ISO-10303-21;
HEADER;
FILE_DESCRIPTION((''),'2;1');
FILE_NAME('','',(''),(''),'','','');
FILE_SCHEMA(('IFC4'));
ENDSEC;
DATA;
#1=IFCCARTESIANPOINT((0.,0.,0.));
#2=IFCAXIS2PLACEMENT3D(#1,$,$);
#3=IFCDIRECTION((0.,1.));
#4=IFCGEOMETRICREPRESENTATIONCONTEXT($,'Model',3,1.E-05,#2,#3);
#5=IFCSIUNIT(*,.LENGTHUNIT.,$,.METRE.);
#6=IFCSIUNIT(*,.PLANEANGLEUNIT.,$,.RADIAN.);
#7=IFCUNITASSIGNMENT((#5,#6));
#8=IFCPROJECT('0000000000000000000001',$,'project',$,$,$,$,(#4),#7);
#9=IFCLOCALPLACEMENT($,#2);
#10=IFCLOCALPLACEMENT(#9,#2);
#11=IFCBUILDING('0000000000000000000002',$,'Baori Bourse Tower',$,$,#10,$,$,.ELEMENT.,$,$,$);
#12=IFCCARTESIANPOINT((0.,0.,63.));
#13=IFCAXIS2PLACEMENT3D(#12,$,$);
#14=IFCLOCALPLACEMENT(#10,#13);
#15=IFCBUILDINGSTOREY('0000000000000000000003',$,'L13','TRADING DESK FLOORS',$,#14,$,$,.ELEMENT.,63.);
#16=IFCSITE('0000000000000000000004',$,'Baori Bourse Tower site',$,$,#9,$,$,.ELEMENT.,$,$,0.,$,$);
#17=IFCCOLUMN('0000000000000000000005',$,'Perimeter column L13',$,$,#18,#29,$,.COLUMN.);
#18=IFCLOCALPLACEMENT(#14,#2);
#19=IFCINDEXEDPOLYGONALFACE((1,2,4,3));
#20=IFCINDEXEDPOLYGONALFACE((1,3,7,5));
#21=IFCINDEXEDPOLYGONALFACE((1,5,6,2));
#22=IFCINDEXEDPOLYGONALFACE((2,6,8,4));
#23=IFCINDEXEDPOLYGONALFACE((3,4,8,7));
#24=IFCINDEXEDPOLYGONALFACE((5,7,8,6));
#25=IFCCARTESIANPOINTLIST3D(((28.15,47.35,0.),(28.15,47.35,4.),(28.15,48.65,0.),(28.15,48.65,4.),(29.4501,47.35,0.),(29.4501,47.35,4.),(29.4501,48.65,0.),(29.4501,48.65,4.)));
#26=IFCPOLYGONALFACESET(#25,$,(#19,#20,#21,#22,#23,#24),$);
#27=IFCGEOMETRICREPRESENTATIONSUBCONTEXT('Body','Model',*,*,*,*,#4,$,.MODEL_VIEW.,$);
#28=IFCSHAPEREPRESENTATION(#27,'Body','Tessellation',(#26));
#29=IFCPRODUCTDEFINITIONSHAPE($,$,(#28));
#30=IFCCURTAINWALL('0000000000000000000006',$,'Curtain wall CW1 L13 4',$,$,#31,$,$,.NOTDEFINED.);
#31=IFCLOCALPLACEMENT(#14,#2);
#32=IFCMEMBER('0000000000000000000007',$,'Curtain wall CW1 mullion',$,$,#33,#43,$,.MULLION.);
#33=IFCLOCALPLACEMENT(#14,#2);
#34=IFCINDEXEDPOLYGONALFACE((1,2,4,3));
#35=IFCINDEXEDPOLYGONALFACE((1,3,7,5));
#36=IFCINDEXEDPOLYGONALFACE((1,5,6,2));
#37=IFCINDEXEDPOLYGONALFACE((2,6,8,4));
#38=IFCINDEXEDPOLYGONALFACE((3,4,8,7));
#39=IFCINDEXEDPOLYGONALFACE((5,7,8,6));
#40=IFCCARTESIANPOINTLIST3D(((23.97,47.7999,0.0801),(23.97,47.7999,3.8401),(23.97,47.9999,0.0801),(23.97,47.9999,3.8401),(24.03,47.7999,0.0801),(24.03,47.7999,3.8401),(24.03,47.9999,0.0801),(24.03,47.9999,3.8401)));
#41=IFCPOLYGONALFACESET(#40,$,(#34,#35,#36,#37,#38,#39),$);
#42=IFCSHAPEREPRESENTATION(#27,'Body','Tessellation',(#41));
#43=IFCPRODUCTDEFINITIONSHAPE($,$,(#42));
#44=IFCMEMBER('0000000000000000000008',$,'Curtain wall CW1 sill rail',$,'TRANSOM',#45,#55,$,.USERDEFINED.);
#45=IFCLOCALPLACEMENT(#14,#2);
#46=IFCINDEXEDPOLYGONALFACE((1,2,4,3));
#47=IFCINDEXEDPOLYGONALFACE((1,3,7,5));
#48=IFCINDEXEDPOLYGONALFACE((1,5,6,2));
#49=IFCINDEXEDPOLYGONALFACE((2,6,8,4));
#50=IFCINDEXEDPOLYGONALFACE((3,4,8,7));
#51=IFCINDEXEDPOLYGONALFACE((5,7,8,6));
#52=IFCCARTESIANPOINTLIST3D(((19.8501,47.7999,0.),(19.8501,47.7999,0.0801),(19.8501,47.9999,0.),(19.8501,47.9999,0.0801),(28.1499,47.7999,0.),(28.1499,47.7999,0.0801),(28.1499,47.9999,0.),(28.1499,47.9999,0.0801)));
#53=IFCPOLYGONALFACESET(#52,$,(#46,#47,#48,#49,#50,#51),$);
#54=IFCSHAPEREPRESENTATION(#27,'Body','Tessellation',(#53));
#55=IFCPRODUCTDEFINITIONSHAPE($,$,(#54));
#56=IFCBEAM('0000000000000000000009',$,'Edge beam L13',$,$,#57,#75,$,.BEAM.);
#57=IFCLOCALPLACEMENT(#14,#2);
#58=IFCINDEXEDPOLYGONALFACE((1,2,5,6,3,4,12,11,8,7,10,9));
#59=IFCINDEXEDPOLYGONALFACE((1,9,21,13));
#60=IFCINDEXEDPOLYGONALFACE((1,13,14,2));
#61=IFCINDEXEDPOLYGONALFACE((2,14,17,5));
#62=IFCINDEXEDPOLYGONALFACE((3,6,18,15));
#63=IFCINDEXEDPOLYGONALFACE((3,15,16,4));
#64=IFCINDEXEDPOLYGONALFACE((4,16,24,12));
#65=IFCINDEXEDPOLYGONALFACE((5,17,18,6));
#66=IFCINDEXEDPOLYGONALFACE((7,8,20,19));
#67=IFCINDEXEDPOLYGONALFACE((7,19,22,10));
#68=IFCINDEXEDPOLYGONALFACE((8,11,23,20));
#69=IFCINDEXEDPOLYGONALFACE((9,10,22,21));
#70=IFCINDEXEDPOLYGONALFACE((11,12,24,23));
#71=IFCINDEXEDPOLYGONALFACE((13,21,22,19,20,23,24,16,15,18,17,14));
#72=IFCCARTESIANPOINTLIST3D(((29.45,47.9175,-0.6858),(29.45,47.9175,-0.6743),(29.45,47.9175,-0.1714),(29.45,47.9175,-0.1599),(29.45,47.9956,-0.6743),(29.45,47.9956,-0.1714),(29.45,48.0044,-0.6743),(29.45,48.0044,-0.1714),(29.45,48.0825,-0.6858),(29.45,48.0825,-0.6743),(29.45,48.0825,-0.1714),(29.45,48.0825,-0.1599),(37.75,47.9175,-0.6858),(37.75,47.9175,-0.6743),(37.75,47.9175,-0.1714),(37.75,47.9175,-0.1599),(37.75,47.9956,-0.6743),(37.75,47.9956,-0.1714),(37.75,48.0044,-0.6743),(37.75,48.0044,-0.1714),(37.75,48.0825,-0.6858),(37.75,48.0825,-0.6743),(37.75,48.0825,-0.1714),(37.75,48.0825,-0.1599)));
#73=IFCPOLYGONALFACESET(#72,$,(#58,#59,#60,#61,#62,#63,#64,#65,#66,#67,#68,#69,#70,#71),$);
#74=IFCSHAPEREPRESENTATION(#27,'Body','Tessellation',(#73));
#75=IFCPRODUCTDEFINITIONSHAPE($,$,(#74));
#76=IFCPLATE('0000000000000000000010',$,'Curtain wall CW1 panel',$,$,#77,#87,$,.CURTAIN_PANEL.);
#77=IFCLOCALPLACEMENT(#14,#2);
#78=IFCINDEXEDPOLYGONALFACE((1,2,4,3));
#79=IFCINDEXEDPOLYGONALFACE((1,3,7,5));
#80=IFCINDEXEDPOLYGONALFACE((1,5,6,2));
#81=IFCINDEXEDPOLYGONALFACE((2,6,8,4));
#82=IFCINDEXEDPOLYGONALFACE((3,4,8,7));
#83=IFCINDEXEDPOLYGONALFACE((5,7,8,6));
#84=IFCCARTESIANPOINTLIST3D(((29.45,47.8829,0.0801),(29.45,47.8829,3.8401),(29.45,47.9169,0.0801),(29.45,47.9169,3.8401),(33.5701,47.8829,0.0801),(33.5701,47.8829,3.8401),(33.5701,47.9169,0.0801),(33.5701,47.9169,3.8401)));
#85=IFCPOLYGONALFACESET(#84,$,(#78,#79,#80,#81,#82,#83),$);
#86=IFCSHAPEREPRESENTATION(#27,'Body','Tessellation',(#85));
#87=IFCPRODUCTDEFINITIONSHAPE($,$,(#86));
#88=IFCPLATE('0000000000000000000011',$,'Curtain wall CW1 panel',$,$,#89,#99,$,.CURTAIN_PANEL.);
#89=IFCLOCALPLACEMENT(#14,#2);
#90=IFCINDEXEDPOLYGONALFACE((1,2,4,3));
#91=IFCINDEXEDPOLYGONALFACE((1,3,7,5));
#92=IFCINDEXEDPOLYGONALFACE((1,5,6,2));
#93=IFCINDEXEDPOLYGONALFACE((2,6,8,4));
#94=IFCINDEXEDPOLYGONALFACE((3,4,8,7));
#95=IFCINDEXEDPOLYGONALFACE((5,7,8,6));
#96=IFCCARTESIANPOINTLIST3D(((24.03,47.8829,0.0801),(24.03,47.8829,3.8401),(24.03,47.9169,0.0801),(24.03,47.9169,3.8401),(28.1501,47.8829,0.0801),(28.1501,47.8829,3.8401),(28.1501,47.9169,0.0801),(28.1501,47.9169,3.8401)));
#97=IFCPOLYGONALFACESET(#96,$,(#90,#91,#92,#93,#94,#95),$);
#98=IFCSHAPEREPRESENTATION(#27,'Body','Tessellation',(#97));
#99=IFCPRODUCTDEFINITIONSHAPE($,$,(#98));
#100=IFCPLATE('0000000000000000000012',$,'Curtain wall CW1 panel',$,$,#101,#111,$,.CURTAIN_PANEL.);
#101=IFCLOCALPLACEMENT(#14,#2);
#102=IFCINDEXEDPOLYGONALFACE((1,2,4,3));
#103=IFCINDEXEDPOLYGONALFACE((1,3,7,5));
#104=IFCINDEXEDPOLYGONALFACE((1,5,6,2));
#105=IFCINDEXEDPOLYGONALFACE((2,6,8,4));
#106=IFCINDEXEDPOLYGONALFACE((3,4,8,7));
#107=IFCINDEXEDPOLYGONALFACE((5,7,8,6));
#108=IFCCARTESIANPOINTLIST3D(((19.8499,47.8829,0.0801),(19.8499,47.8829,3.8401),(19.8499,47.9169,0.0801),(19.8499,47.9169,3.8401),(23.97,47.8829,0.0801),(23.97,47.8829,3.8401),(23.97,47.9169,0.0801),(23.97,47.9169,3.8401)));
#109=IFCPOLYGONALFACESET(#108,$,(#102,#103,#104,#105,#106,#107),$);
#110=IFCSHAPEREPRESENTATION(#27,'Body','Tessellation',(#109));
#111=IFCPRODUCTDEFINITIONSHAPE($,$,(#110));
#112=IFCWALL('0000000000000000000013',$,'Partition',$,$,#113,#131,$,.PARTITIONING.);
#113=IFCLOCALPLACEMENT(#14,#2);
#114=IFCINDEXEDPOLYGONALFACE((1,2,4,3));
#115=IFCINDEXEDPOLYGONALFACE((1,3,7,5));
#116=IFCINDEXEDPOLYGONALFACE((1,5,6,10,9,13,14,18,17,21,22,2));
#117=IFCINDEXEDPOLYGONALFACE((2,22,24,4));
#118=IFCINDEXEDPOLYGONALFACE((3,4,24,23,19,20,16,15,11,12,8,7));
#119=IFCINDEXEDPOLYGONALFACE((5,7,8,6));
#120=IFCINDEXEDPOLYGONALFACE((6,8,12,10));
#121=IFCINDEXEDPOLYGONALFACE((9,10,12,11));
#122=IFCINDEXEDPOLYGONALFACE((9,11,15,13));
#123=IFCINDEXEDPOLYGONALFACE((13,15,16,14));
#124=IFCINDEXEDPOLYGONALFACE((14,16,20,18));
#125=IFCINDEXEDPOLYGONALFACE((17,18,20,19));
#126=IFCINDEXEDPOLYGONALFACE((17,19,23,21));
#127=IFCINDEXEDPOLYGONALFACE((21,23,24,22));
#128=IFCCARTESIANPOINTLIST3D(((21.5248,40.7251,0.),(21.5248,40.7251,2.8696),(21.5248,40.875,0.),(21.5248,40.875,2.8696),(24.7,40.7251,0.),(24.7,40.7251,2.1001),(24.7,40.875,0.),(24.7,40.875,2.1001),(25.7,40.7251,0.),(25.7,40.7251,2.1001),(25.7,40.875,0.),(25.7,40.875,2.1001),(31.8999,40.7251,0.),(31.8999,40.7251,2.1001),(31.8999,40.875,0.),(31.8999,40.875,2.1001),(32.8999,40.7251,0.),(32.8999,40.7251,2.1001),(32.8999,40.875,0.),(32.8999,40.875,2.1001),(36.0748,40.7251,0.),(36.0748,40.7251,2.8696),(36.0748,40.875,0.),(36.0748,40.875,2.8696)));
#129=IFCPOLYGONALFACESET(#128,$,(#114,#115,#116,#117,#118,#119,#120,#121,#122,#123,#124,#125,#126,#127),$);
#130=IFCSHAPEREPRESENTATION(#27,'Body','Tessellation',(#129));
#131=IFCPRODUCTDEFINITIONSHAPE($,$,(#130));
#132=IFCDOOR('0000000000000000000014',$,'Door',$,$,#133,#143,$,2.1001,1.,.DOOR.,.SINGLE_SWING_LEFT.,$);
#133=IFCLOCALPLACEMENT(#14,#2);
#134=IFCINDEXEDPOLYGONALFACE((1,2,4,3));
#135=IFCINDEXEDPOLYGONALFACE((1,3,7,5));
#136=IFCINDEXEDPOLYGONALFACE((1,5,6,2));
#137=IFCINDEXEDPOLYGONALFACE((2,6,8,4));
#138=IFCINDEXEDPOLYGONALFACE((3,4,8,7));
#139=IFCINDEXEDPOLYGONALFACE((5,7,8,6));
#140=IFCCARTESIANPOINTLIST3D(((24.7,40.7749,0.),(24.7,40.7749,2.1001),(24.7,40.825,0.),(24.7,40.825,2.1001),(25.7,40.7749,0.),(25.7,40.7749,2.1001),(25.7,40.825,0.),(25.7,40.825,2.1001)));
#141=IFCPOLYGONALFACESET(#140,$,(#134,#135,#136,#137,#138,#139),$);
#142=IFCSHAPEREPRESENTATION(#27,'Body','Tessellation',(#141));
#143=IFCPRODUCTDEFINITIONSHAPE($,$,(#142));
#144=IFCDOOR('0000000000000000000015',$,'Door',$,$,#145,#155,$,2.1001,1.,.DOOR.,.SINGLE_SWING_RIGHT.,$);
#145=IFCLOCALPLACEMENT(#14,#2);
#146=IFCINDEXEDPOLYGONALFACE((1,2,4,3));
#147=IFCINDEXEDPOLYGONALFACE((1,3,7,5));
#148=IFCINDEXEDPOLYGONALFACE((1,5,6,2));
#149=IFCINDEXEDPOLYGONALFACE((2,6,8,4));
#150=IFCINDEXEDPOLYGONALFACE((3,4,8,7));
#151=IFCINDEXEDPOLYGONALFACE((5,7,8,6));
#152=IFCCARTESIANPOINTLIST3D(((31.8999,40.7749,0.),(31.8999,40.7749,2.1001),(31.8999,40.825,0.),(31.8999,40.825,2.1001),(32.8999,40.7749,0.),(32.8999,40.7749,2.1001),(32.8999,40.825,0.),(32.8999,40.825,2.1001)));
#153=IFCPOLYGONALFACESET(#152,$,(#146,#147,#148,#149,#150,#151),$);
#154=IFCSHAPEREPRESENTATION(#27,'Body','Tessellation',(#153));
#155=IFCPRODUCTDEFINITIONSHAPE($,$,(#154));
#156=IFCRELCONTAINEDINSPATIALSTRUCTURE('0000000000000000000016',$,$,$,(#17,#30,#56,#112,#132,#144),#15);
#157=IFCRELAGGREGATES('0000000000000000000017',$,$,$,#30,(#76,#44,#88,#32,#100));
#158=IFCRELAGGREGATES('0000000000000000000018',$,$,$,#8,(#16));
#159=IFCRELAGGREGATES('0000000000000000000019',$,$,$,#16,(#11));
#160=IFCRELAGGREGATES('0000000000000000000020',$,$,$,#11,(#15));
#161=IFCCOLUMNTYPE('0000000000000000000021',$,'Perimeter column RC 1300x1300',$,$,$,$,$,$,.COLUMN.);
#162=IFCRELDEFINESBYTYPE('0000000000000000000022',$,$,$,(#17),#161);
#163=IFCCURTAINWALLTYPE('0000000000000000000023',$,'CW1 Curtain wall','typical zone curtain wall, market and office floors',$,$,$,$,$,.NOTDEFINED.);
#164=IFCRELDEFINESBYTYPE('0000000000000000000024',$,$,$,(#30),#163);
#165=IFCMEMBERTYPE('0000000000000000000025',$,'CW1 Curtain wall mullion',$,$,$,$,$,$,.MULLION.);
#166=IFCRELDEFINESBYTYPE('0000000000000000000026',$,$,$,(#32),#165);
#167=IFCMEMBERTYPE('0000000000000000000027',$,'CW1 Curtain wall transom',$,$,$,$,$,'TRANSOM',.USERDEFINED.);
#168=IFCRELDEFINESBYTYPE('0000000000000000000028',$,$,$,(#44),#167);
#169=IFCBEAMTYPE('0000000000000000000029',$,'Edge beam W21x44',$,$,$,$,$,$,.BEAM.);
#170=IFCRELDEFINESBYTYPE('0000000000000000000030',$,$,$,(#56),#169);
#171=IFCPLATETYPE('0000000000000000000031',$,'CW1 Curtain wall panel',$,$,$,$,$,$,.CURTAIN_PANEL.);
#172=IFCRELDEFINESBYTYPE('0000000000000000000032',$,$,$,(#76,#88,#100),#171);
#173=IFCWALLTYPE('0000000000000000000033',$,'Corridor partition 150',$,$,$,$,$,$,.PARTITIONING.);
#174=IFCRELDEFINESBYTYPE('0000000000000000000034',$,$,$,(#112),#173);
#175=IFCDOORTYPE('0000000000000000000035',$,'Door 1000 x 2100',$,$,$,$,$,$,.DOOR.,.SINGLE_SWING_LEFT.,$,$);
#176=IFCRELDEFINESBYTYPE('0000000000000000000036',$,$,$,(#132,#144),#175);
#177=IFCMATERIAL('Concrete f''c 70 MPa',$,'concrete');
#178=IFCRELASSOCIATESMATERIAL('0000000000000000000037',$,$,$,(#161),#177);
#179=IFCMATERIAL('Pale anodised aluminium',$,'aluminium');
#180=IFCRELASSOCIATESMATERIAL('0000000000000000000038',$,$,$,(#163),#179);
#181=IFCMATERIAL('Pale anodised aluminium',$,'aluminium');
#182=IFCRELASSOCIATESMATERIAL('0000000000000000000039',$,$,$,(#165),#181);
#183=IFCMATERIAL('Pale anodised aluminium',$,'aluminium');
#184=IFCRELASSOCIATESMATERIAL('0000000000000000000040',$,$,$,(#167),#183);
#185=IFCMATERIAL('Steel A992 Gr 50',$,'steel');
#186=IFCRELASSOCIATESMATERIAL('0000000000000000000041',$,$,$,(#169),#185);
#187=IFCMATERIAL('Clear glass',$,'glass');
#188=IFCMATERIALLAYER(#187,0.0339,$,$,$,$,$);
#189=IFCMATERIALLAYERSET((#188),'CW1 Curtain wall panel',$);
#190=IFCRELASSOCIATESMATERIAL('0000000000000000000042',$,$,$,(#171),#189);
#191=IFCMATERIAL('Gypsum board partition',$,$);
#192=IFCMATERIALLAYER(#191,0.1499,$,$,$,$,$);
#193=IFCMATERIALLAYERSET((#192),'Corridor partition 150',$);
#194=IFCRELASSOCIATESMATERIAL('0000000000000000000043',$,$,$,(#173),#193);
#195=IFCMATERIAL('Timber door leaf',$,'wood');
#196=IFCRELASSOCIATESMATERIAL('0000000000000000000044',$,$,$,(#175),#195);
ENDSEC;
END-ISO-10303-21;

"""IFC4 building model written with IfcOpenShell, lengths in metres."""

from ifc_helpers import new_model, si_unit, direction, frame, frame_2d, origin, origin_2d, place, context, subcontext, project, spatial, rectangle, i_section, extrude, material, layer, layer_set, material_profile, profile_set, type_object, element, fill, aggregate, save


model = new_model("IFC4")

# Units and contexts
model_context = context("Model", 3, precision=1e-05, world=origin(), true_north=direction((0.0, 1.0)))
body_context = subcontext(model_context, "Body", "Model", "MODEL_VIEW")
ifc_project = project(units=[si_unit("LENGTHUNIT", "METRE"), si_unit("PLANEANGLEUNIT", "RADIAN")], contexts=[model_context])

# Site, building, storey
site_placement = place(None, origin())
site = spatial("IfcSite", under=ifc_project, at=site_placement, Name="Baori Bourse Tower site", CompositionType="ELEMENT", RefElevation=0.0)
building_placement = place(site_placement, origin())
building = spatial("IfcBuilding", under=site, at=building_placement, Name="Baori Bourse Tower", CompositionType="ELEMENT")
storey_placement = place(building_placement, frame((0.0, 0.0, 63.0)))
storey = spatial("IfcBuildingStorey", under=building, at=storey_placement, Name="L13", Description="TRADING DESK FLOORS", CompositionType="ELEMENT", Elevation=63.0)

# Column
ifc_material_1 = material(Name="Concrete f'c 70 MPa", Category="concrete")
ifc_material_profile_1 = material_profile(ifc_material_1, rectangle(XDim=1.3, YDim=1.3, at=origin_2d()), Name="RC 1300x1300")
ifc_profile_set_1 = profile_set([ifc_material_profile_1], Name="Concrete f'c 70 MPa")
column_type = type_object("IfcColumnType", Name="Perimeter column RC 1300x1300", PredefinedType="COLUMN", material=ifc_profile_set_1)
column_placement = place(storey_placement, frame((28.8, 48.0, 0.0), z_axis=(0.0, 0.0, 1.0), x_axis=(1.0, 0.0, 0.0)))
element("IfcColumn", 1, at=column_placement, inside=storey, type_object=column_type, Name="Perimeter column L13", PredefinedType="COLUMN", context=body_context, shape_type="SweptSolid", body=[
    extrude(rectangle(XDim=1.3, YDim=1.3, at=origin_2d()), origin(), (0.0, 0.0, 1.0), 4.0),
])

# Curtain wall, members
ifc_material_2 = material(Name="Pale anodised aluminium", Category="aluminium")
curtain_wall_type = type_object("IfcCurtainWallType", Name="CW1 Curtain wall", Description="typical zone curtain wall, market and office floors", PredefinedType="NOTDEFINED", material=ifc_material_2)
curtain_wall_placement = place(storey_placement, origin())
curtain_wall = element("IfcCurtainWall", 2, at=curtain_wall_placement, inside=storey, type_object=curtain_wall_type, Name="Curtain wall CW1 L13 4", PredefinedType="NOTDEFINED")
ifc_material_3 = material(Name="Pale anodised aluminium", Category="aluminium")
ifc_material_profile_2 = material_profile(ifc_material_3, rectangle(XDim=0.2, YDim=0.0601, at=origin_2d()), Name="Mullion 60x200")
ifc_profile_set_2 = profile_set([ifc_material_profile_2], Name="Pale anodised aluminium")
member_type_1 = type_object("IfcMemberType", Name="CW1 Curtain wall mullion", PredefinedType="MULLION", material=ifc_profile_set_2)
member_1_placement = place(storey_placement, frame((24.0, 47.8999, 0.0801), z_axis=(0.0, 0.0, 1.0), x_axis=(0.0, -1.0, 0.0)))
member_1 = element("IfcMember", 3, at=member_1_placement, type_object=member_type_1, Name="Curtain wall CW1 mullion", PredefinedType="MULLION", context=body_context, shape_type="SweptSolid", body=[
    extrude(rectangle(XDim=0.2, YDim=0.0601, at=origin_2d()), origin(), (0.0, 0.0, 1.0), 3.76),
])
ifc_material_4 = material(Name="Pale anodised aluminium", Category="aluminium")
ifc_material_profile_3 = material_profile(ifc_material_4, rectangle(XDim=0.2, YDim=0.0801, at=origin_2d()), Name="Transom 80x200")
ifc_profile_set_3 = profile_set([ifc_material_profile_3], Name="Pale anodised aluminium")
member_type_2 = type_object("IfcMemberType", Name="CW1 Curtain wall transom", ElementType="TRANSOM", PredefinedType="USERDEFINED", material=ifc_profile_set_3)
member_2_placement = place(storey_placement, frame((28.1499, 47.8999, 0.04), z_axis=(-1.0, 0.0, 0.0), x_axis=(0.0, -1.0, 0.0)))
member_2 = element("IfcMember", 4, at=member_2_placement, type_object=member_type_2, Name="Curtain wall CW1 sill rail", ObjectType="TRANSOM", PredefinedType="USERDEFINED", context=body_context, shape_type="SweptSolid", body=[
    extrude(rectangle(XDim=0.2, YDim=0.0801, at=origin_2d()), origin(), (0.0, 0.0, 1.0), 8.2998),
])

# Beam
ifc_material_5 = material(Name="Steel A992 Gr 50", Category="steel")
ifc_material_profile_4 = material_profile(ifc_material_5, i_section(OverallWidth=0.165, OverallDepth=0.5259, WebThickness=0.0088, FlangeThickness=0.0115, at=origin_2d()), Name="W21x44")
ifc_profile_set_4 = profile_set([ifc_material_profile_4], Name="Steel A992 Gr 50")
beam_type = type_object("IfcBeamType", Name="Edge beam W21x44", PredefinedType="BEAM", material=ifc_profile_set_4)
beam_placement = place(storey_placement, frame((29.45, 48.0, -0.4229), z_axis=(1.0, 0.0, 0.0), x_axis=(0.0, 1.0, 0.0)))
element("IfcBeam", 5, at=beam_placement, inside=storey, type_object=beam_type, Name="Edge beam L13", PredefinedType="BEAM", context=body_context, shape_type="SweptSolid", body=[
    extrude(i_section(OverallWidth=0.165, OverallDepth=0.5259, WebThickness=0.0088, FlangeThickness=0.0115, at=origin_2d()), origin(), (0.0, 0.0, 1.0), 8.3),
])

# Plates
ifc_material_6 = material(Name="Clear glass", Category="glass")
ifc_layer_1 = layer(ifc_material_6, 0.0339)
ifc_layer_set_1 = layer_set([ifc_layer_1], Name="CW1 Curtain wall panel")
plate_type = type_object("IfcPlateType", Name="CW1 Curtain wall panel", PredefinedType="CURTAIN_PANEL", material=ifc_layer_set_1)
plate_1_placement = place(storey_placement, frame((31.51, 47.8999, 0.0801), z_axis=(0.0, 0.0, 1.0), x_axis=(-1.0, 0.0, 0.0)))
plate_1 = element("IfcPlate", 6, at=plate_1_placement, type_object=plate_type, Name="Curtain wall CW1 panel", PredefinedType="CURTAIN_PANEL", context=body_context, shape_type="SweptSolid", body=[
    extrude(rectangle(XDim=4.1201, YDim=0.0339, at=origin_2d()), origin(), (0.0, 0.0, 1.0), 3.76),
])
plate_2_placement = place(storey_placement, frame((26.0901, 47.8999, 0.0801), z_axis=(0.0, 0.0, 1.0), x_axis=(-1.0, 0.0, 0.0)))
plate_2 = element("IfcPlate", 7, at=plate_2_placement, type_object=plate_type, Name="Curtain wall CW1 panel", PredefinedType="CURTAIN_PANEL", context=body_context, shape_type="SweptSolid", body=[
    extrude(rectangle(XDim=4.1201, YDim=0.0339, at=origin_2d()), origin(), (0.0, 0.0, 1.0), 3.76),
])
plate_3_placement = place(storey_placement, frame((21.9099, 47.8999, 0.0801), z_axis=(0.0, 0.0, 1.0), x_axis=(-1.0, 0.0, 0.0)))
plate_3 = element("IfcPlate", 8, at=plate_3_placement, type_object=plate_type, Name="Curtain wall CW1 panel", PredefinedType="CURTAIN_PANEL", context=body_context, shape_type="SweptSolid", body=[
    extrude(rectangle(XDim=4.1201, YDim=0.0339, at=origin_2d()), origin(), (0.0, 0.0, 1.0), 3.76),
])
aggregate(curtain_wall, [plate_1, member_2, plate_2, member_1, plate_3])

# Wall, openings, doors
ifc_material_7 = material(Name="Gypsum board partition")
ifc_layer_2 = layer(ifc_material_7, 0.1499)
ifc_layer_set_2 = layer_set([ifc_layer_2], Name="Corridor partition 150")
wall_type_1 = type_object("IfcWallType", Name="Corridor partition 150", PredefinedType="PARTITIONING", material=ifc_layer_set_2)
wall_1_placement = place(storey_placement, frame((21.5249, 40.8, 0.0), z_axis=(0.0, 0.0, 1.0), x_axis=(1.0, 0.0, 0.0)))
wall_1 = element("IfcWall", 9, at=wall_1_placement, inside=storey, type_object=wall_type_1, Name="Partition", PredefinedType="PARTITIONING", context=body_context, shape_type="SweptSolid", body=[
    extrude(rectangle(XDim=14.55, YDim=0.1499, at=frame_2d((7.2749, 0.0))), origin(), (0.0, 0.0, 1.0), 2.8696),
])
opening_1_placement = place(wall_1_placement, frame((3.175, 0.0, 0.0)))
opening_1 = element("IfcOpeningElement", 10, at=opening_1_placement, cuts=wall_1, PredefinedType="OPENING", context=body_context, shape_type="SweptSolid", body=[
    extrude(rectangle(XDim=1.0, YDim=2.1001, at=frame_2d((0.5, 1.05))), frame((0.0, 0.085, 0.0), z_axis=(0.0, -1.0, 0.0), x_axis=(1.0, 0.0, 0.0)), (0.0, 0.0, 1.0), 0.1699),
])
opening_2_placement = place(wall_1_placement, frame((10.375, 0.0, 0.0)))
opening_2 = element("IfcOpeningElement", 11, at=opening_2_placement, cuts=wall_1, PredefinedType="OPENING", context=body_context, shape_type="SweptSolid", body=[
    extrude(rectangle(XDim=1.0, YDim=2.1001, at=frame_2d((0.5, 1.05))), frame((0.0, 0.085, 0.0), z_axis=(0.0, -1.0, 0.0), x_axis=(1.0, 0.0, 0.0)), (0.0, 0.0, 1.0), 0.1699),
])
ifc_material_8 = material(Name="Timber door leaf", Category="wood")
door_type = type_object("IfcDoorType", Name="Door 1000 x 2100", OperationType="SINGLE_SWING_LEFT", PredefinedType="DOOR", material=ifc_material_8)
door_1_placement = place(opening_1_placement, origin())
door_1 = element("IfcDoor", 12, at=door_1_placement, inside=storey, type_object=door_type, Name="Door", OperationType="SINGLE_SWING_LEFT", OverallHeight=2.1001, OverallWidth=1.0, PredefinedType="DOOR", context=body_context, shape_type="SweptSolid", body=[
    extrude(rectangle(XDim=1.0, YDim=2.1001, at=frame_2d((0.5, 1.05))), frame((0.0, 0.0249, 0.0), z_axis=(0.0, -1.0, 0.0), x_axis=(1.0, 0.0, 0.0)), (0.0, 0.0, 1.0), 0.05),
])
fill(opening_1, door_1)
door_2_placement = place(opening_2_placement, origin())
door_2 = element("IfcDoor", 13, at=door_2_placement, inside=storey, type_object=door_type, Name="Door", OperationType="SINGLE_SWING_RIGHT", OverallHeight=2.1001, OverallWidth=1.0, PredefinedType="DOOR", context=body_context, shape_type="SweptSolid", body=[
    extrude(rectangle(XDim=1.0, YDim=2.1001, at=frame_2d((0.5, 1.05))), frame((0.0, 0.0249, 0.0), z_axis=(0.0, -1.0, 0.0), x_axis=(1.0, 0.0, 0.0)), (0.0, 0.0, 1.0), 0.05),
])
fill(opening_2, door_2)

save(model, "model.ifc")
